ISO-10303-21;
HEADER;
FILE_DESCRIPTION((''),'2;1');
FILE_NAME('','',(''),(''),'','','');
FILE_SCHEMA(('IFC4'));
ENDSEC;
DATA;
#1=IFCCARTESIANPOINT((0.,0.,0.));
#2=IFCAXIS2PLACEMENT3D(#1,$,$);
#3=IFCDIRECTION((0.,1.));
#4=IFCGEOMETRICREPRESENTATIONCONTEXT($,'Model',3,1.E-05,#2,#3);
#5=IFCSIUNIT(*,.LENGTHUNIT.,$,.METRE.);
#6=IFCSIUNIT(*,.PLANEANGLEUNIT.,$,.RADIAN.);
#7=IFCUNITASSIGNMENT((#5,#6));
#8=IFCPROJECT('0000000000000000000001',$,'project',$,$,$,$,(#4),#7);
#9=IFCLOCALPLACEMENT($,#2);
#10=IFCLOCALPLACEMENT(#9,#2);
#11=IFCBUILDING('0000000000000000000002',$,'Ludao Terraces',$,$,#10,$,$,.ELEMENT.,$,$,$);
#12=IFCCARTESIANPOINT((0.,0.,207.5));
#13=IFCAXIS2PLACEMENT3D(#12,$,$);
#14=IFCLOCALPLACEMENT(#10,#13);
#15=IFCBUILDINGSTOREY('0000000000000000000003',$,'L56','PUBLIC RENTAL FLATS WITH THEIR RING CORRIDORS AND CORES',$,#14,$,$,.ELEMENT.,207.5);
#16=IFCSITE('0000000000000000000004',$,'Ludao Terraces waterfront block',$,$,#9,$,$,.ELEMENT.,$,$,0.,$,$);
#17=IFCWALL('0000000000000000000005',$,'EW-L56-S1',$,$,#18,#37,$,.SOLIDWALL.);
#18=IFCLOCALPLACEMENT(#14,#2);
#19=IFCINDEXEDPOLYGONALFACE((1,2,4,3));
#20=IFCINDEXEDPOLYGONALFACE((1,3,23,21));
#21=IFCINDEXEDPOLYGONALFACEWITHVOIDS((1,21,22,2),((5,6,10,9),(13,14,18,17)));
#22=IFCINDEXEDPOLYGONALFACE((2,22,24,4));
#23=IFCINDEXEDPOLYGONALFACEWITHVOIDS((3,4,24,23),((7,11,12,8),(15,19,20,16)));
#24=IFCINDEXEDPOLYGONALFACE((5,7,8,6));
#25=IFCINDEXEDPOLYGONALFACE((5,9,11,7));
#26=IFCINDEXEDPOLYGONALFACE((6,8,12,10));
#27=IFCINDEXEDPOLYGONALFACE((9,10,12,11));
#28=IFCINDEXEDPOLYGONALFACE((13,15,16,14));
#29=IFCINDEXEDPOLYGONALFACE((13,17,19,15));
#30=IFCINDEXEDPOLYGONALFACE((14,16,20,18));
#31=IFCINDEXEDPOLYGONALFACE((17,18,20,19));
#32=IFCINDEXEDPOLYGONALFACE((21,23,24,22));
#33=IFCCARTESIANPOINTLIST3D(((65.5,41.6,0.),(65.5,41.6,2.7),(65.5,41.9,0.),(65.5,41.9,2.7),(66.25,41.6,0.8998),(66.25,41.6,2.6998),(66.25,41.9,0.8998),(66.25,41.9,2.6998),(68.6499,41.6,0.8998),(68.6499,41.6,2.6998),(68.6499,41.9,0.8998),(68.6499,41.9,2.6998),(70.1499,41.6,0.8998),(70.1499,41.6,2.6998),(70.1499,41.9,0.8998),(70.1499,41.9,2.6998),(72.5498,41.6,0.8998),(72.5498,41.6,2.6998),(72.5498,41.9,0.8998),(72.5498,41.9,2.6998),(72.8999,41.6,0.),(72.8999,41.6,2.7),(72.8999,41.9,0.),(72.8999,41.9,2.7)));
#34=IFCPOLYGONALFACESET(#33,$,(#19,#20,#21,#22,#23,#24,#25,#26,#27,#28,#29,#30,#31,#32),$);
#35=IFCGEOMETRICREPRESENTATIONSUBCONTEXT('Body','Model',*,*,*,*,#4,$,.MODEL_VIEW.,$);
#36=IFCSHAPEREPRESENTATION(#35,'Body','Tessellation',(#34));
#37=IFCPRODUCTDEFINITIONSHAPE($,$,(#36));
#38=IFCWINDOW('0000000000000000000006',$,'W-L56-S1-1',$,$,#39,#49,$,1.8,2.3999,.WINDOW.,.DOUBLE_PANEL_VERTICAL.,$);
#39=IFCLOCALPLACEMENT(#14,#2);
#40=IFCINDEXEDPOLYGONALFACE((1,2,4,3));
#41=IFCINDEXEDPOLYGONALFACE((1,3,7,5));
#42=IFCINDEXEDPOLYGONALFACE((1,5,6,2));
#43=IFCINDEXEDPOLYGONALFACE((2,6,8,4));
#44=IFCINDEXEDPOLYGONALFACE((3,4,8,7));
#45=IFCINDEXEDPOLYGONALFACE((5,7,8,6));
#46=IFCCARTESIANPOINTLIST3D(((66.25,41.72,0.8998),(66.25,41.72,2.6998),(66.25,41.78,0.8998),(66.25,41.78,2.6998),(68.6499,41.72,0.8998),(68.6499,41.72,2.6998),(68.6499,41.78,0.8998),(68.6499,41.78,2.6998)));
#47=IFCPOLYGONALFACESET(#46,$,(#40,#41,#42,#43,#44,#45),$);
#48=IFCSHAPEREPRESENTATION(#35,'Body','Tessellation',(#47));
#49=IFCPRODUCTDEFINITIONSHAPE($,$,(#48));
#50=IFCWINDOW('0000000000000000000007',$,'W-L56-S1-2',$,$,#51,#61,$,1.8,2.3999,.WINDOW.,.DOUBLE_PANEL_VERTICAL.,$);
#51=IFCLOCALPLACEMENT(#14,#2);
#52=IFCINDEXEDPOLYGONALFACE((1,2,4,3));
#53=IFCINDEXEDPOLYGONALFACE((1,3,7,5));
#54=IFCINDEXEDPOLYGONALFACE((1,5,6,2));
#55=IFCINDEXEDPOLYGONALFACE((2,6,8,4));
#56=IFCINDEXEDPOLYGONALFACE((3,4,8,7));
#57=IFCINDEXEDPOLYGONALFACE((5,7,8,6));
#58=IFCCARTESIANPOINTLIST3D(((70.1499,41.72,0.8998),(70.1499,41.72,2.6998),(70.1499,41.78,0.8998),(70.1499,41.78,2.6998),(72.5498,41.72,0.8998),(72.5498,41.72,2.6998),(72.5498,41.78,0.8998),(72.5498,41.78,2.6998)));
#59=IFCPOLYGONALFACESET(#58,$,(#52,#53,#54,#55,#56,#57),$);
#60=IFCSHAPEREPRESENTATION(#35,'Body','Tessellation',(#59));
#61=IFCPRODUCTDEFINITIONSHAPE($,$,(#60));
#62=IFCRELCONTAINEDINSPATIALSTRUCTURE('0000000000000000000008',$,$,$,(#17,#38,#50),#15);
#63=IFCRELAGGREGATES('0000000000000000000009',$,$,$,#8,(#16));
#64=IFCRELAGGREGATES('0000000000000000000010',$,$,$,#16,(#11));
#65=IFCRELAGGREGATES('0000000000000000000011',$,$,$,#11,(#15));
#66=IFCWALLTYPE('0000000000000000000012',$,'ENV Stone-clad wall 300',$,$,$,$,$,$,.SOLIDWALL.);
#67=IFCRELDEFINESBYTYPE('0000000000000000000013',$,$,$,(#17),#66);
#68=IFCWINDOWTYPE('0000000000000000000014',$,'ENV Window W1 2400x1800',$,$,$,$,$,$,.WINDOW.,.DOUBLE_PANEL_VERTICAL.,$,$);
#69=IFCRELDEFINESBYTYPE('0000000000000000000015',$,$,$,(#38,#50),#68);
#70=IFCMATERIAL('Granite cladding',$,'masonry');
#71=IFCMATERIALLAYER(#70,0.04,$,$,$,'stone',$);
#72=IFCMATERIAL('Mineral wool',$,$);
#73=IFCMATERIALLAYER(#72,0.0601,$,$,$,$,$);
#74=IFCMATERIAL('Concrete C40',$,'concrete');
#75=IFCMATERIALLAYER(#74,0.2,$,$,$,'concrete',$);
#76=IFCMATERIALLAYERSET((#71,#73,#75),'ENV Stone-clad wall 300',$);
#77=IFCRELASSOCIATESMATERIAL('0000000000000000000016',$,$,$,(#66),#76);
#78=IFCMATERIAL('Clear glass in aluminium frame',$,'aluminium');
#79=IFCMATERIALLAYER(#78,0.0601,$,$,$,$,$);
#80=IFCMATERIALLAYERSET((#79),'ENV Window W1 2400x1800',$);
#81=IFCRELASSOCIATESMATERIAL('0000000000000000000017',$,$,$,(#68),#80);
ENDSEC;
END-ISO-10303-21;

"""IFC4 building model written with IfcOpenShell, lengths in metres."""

from ifc_helpers import new_model, si_unit, direction, frame, frame_2d, origin, place, context, subcontext, project, spatial, rectangle, extrude, material, layer, layer_set, type_object, element, fill, save


model = new_model("IFC4")

# Units and contexts
model_context = context("Model", 3, precision=1e-05, world=origin(), true_north=direction((0.0, 1.0)))
body_context = subcontext(model_context, "Body", "Model", "MODEL_VIEW")
ifc_project = project(units=[si_unit("LENGTHUNIT", "METRE"), si_unit("PLANEANGLEUNIT", "RADIAN")], contexts=[model_context])

# Site, building, storey
site_placement = place(None, origin())
site = spatial("IfcSite", under=ifc_project, at=site_placement, Name="Ludao Terraces waterfront block", CompositionType="ELEMENT", RefElevation=0.0)
building_placement = place(site_placement, origin())
building = spatial("IfcBuilding", under=site, at=building_placement, Name="Ludao Terraces", CompositionType="ELEMENT")
storey_placement = place(building_placement, frame((0.0, 0.0, 207.5)))
storey = spatial("IfcBuildingStorey", under=building, at=storey_placement, Name="L56", Description="PUBLIC RENTAL FLATS WITH THEIR RING CORRIDORS AND CORES", CompositionType="ELEMENT", Elevation=207.5)

# Wall, openings, windows
ifc_material_1 = material(Name="Granite cladding", Category="masonry")
ifc_layer_1 = layer(ifc_material_1, 0.04, Category="stone")
ifc_material_2 = material(Name="Mineral wool")
ifc_layer_2 = layer(ifc_material_2, 0.0601)
ifc_material_3 = material(Name="Concrete C40", Category="concrete")
ifc_layer_3 = layer(ifc_material_3, 0.2, Category="concrete")
ifc_layer_set_1 = layer_set([ifc_layer_1, ifc_layer_2, ifc_layer_3], Name="ENV Stone-clad wall 300")
wall_type_1 = type_object("IfcWallType", Name="ENV Stone-clad wall 300", PredefinedType="SOLIDWALL", material=ifc_layer_set_1)
wall_1_placement = place(storey_placement, frame((65.5, 41.75, 0.0), z_axis=(0.0, 0.0, 1.0), x_axis=(1.0, 0.0, 0.0)))
wall_1 = element("IfcWall", 1, at=wall_1_placement, inside=storey, type_object=wall_type_1, Name="EW-L56-S1", PredefinedType="SOLIDWALL", context=body_context, shape_type="SweptSolid", body=[
    extrude(rectangle(XDim=7.3999, YDim=0.3, at=frame_2d((3.7, 0.0))), origin(), (0.0, 0.0, 1.0), 2.7),
])
opening_1_placement = place(wall_1_placement, frame((0.75, 0.0, 0.8999)))
opening_1 = element("IfcOpeningElement", 2, at=opening_1_placement, cuts=wall_1, PredefinedType="OPENING", context=body_context, shape_type="SweptSolid", body=[
    extrude(rectangle(XDim=2.3999, YDim=1.8, at=frame_2d((1.2, 0.8999))), frame((0.0, 0.1602, 0.0), z_axis=(0.0, -1.0, 0.0), x_axis=(1.0, 0.0, 0.0)), (0.0, 0.0, 1.0), 0.3201),
])
opening_2_placement = place(wall_1_placement, frame((4.6499, 0.0, 0.8999)))
opening_2 = element("IfcOpeningElement", 3, at=opening_2_placement, cuts=wall_1, PredefinedType="OPENING", context=body_context, shape_type="SweptSolid", body=[
    extrude(rectangle(XDim=2.3999, YDim=1.8, at=frame_2d((1.2, 0.8999))), frame((0.0, 0.1602, 0.0), z_axis=(0.0, -1.0, 0.0), x_axis=(1.0, 0.0, 0.0)), (0.0, 0.0, 1.0), 0.3201),
])
ifc_material_4 = material(Name="Clear glass in aluminium frame", Category="aluminium")
ifc_layer_4 = layer(ifc_material_4, 0.0601)
ifc_layer_set_2 = layer_set([ifc_layer_4], Name="ENV Window W1 2400x1800")
window_type = type_object("IfcWindowType", Name="ENV Window W1 2400x1800", PartitioningType="DOUBLE_PANEL_VERTICAL", PredefinedType="WINDOW", material=ifc_layer_set_2)
window_1_placement = place(opening_1_placement, origin())
window_1 = element("IfcWindow", 4, at=window_1_placement, inside=storey, type_object=window_type, Name="W-L56-S1-1", OverallHeight=1.8, OverallWidth=2.3999, PartitioningType="DOUBLE_PANEL_VERTICAL", PredefinedType="WINDOW", context=body_context, shape_type="SweptSolid", body=[
    extrude(rectangle(XDim=2.3999, YDim=1.8, at=frame_2d((1.2, 0.8999))), frame((0.0, 0.03, 0.0), z_axis=(0.0, -1.0, 0.0), x_axis=(1.0, 0.0, 0.0)), (0.0, 0.0, 1.0), 0.0601),
])
fill(opening_1, window_1)
window_2_placement = place(opening_2_placement, origin())
window_2 = element("IfcWindow", 5, at=window_2_placement, inside=storey, type_object=window_type, Name="W-L56-S1-2", OverallHeight=1.8, OverallWidth=2.3999, PartitioningType="DOUBLE_PANEL_VERTICAL", PredefinedType="WINDOW", context=body_context, shape_type="SweptSolid", body=[
    extrude(rectangle(XDim=2.3999, YDim=1.8, at=frame_2d((1.2, 0.8999))), frame((0.0, 0.03, 0.0), z_axis=(0.0, -1.0, 0.0), x_axis=(1.0, 0.0, 0.0)), (0.0, 0.0, 1.0), 0.0601),
])
fill(opening_2, window_2)

save(model, "model.ifc")
